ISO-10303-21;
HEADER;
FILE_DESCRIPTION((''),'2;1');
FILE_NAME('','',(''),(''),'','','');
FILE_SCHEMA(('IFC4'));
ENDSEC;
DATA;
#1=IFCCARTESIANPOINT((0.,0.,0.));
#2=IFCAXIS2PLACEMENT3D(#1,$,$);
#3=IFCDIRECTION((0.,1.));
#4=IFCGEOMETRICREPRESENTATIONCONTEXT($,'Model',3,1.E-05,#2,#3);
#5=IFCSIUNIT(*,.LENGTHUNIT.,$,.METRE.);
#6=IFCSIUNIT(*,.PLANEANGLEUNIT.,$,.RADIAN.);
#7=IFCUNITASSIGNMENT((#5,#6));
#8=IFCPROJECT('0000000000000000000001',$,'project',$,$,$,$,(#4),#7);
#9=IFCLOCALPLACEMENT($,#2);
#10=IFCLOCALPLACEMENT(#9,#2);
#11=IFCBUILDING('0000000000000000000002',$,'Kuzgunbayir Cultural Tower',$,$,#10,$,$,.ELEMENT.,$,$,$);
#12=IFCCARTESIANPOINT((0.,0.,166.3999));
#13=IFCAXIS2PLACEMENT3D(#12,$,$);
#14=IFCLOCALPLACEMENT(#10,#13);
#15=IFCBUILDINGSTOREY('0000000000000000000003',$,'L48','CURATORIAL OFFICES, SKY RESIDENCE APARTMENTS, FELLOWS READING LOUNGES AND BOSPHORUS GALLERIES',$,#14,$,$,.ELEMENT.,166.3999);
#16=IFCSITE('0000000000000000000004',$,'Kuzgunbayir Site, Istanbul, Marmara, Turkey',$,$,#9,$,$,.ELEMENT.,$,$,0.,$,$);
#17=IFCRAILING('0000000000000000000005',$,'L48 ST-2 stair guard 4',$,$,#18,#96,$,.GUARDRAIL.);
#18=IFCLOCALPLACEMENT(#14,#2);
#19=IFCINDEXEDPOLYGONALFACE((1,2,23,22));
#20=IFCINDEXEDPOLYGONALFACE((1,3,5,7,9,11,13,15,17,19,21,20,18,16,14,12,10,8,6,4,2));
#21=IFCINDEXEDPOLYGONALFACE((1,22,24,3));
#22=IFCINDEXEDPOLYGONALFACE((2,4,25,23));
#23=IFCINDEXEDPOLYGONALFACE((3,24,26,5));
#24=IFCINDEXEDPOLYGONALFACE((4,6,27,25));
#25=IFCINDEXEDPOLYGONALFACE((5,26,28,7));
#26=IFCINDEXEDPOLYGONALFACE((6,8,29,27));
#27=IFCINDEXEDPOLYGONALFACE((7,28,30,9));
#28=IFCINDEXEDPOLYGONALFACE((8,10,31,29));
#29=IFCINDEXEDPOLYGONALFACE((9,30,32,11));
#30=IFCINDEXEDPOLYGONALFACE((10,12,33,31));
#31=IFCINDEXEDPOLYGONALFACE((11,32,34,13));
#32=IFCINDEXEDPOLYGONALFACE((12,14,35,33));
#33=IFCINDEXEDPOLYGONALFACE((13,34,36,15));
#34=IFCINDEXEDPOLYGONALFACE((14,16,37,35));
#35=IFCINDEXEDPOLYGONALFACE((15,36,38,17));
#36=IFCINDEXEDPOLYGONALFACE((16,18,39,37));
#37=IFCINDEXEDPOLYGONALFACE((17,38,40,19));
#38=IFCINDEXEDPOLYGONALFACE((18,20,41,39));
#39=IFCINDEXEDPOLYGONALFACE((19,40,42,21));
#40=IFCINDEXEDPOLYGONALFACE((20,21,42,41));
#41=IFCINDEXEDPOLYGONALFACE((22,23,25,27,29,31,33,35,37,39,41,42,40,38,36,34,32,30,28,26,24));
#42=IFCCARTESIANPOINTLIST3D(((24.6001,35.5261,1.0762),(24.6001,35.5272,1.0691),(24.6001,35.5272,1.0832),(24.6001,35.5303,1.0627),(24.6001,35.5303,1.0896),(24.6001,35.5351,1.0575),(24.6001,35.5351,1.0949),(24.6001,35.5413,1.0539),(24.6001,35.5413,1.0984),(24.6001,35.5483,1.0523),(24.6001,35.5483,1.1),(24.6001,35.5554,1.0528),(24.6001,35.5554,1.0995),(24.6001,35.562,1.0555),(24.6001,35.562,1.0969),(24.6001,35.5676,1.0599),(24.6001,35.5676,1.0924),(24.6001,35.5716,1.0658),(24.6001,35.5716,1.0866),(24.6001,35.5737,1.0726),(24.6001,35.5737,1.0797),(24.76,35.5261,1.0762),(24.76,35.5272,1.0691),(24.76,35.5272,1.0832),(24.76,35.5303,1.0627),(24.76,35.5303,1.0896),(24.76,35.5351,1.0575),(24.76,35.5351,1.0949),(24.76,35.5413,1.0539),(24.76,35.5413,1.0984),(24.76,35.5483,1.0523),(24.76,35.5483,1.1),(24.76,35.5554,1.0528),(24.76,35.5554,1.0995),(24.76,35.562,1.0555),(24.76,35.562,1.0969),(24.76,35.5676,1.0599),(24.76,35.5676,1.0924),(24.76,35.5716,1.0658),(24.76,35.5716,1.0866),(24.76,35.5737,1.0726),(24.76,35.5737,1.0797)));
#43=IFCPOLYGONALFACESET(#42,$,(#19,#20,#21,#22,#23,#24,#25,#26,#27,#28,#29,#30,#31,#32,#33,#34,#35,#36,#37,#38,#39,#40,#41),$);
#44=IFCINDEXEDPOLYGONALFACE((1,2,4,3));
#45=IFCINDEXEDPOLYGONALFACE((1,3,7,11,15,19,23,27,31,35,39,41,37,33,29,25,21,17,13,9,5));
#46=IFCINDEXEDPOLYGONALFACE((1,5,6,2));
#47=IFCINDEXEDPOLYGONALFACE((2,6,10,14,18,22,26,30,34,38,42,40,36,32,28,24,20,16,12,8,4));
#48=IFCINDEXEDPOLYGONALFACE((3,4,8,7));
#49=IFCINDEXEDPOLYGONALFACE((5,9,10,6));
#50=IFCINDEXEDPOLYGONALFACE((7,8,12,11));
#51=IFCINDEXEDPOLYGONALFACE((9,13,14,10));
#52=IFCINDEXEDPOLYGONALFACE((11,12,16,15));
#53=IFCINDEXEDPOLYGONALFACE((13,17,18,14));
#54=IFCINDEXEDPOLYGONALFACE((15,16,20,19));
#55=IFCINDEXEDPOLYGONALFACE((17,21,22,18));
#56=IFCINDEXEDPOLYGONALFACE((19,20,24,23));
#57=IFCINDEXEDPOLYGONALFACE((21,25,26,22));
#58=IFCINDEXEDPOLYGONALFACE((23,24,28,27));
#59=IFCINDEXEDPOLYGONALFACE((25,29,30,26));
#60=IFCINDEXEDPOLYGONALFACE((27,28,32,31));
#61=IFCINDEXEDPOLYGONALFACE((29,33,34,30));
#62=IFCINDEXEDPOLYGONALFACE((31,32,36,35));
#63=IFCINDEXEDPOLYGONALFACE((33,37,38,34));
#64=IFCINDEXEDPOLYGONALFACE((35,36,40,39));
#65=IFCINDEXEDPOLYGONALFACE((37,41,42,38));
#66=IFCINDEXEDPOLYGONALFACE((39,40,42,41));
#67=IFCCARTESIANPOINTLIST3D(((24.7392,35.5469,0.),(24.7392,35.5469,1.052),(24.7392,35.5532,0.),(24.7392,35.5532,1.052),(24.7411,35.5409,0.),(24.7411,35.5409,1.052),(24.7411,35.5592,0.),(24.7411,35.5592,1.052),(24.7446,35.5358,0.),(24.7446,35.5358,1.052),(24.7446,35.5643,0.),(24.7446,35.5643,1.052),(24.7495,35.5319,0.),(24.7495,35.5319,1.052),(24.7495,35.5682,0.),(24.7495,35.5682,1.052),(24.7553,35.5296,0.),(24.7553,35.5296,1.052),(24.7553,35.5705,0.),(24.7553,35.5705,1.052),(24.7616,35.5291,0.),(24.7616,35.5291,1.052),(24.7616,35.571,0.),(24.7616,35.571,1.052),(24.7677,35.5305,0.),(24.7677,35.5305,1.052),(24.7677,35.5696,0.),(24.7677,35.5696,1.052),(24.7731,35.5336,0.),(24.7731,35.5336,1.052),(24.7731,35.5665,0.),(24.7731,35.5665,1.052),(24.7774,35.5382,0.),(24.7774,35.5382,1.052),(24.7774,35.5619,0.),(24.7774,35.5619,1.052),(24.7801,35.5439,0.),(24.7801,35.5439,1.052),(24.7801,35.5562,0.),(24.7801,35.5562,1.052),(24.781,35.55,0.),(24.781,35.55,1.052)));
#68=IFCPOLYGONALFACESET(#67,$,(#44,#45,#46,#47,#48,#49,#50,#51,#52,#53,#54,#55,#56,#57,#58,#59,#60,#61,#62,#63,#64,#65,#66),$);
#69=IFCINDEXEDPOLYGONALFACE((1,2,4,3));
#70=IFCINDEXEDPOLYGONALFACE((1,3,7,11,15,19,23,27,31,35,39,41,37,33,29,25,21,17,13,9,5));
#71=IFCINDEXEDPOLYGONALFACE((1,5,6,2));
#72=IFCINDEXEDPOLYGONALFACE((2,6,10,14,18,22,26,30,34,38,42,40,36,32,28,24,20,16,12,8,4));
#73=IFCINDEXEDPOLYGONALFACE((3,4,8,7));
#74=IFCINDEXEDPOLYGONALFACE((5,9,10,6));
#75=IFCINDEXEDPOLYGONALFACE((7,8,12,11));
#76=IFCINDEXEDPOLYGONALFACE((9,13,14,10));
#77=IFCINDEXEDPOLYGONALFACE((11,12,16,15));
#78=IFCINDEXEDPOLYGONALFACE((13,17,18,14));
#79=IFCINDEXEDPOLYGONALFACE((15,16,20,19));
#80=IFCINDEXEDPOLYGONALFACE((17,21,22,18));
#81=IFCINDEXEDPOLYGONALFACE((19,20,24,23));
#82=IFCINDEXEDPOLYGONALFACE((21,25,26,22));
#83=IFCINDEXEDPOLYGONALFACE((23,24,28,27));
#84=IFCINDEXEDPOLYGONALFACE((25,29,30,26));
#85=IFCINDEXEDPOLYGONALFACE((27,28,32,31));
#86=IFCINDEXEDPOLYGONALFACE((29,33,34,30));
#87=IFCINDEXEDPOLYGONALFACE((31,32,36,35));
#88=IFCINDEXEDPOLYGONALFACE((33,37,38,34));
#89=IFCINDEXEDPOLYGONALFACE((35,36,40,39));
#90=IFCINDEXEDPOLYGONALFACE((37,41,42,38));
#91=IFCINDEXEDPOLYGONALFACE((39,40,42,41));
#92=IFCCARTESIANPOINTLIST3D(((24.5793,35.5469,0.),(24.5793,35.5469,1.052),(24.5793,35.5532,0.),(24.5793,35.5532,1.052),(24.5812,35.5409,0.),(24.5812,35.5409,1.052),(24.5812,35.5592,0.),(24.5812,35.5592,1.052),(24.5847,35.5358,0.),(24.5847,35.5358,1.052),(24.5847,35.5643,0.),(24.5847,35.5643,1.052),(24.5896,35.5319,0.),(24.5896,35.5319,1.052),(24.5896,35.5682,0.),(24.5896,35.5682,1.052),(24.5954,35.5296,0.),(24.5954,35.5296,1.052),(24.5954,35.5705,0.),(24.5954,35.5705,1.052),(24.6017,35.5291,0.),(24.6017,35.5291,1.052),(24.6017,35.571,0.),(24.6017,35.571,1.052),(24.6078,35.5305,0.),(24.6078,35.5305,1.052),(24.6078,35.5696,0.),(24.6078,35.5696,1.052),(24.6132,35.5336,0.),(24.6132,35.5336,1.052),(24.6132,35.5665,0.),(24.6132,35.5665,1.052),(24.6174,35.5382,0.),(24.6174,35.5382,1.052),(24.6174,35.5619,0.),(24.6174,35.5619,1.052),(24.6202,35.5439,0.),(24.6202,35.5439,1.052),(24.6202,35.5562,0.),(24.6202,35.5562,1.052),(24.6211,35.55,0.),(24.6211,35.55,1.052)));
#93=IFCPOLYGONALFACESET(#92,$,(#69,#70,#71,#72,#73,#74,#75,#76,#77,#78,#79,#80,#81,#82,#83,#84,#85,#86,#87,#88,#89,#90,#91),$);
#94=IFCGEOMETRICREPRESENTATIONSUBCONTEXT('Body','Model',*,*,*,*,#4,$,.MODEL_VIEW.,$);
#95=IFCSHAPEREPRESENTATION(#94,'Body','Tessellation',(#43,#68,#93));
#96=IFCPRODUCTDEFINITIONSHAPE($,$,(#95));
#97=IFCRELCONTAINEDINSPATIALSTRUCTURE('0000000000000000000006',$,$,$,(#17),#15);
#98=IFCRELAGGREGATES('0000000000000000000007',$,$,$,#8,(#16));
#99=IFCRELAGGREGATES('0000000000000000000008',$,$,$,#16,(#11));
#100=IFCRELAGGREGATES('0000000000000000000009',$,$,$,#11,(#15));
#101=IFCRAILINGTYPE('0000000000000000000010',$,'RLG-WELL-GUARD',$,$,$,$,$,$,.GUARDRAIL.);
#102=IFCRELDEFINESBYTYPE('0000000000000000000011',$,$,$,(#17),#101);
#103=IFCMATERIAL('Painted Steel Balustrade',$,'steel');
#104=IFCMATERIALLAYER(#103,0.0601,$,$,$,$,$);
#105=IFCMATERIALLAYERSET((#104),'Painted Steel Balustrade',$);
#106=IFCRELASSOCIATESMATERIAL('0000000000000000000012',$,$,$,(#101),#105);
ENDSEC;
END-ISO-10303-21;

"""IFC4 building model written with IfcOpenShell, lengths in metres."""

from ifc_helpers import new_model, si_unit, direction, frame, origin, origin_2d, place, context, subcontext, project, spatial, circle, extrude, material, layer, layer_set, type_object, element, save


model = new_model("IFC4")

# Units and contexts
model_context = context("Model", 3, precision=1e-05, world=origin(), true_north=direction((0.0, 1.0)))
body_context = subcontext(model_context, "Body", "Model", "MODEL_VIEW")
ifc_project = project(units=[si_unit("LENGTHUNIT", "METRE"), si_unit("PLANEANGLEUNIT", "RADIAN")], contexts=[model_context])

# Site, building, storey
site_placement = place(None, origin())
site = spatial("IfcSite", under=ifc_project, at=site_placement, Name="Kuzgunbayir Site, Istanbul, Marmara, Turkey", CompositionType="ELEMENT", RefElevation=0.0)
building_placement = place(site_placement, origin())
building = spatial("IfcBuilding", under=site, at=building_placement, Name="Kuzgunbayir Cultural Tower", CompositionType="ELEMENT")
storey_placement = place(building_placement, frame((0.0, 0.0, 166.3999)))
storey = spatial("IfcBuildingStorey", under=building, at=storey_placement, Name="L48", Description="CURATORIAL OFFICES, SKY RESIDENCE APARTMENTS, FELLOWS READING LOUNGES AND BOSPHORUS GALLERIES", CompositionType="ELEMENT", Elevation=166.3999)

# Railing
ifc_material_1 = material(Name="Painted Steel Balustrade", Category="steel")
ifc_layer_1 = layer(ifc_material_1, 0.0601)
ifc_layer_set_1 = layer_set([ifc_layer_1], Name="Painted Steel Balustrade")
railing_type_1 = type_object("IfcRailingType", Name="RLG-WELL-GUARD", PredefinedType="GUARDRAIL", material=ifc_layer_set_1)
railing_1_placement = place(storey_placement, frame((24.76, 35.55, 0.0)))
element("IfcRailing", 1, at=railing_1_placement, inside=storey, type_object=railing_type_1, Name="L48 ST-2 stair guard 4", PredefinedType="GUARDRAIL", context=body_context, shape_type="SweptSolid", body=[
    extrude(circle(Radius=0.0239, at=origin_2d()), frame((0.0, 0.0, 1.0762), z_axis=(-1.0, 0.0, 0.0), x_axis=(0.0, -1.0, 0.0)), (0.0, 0.0, 1.0), 0.1599),
    extrude(circle(Radius=0.021, at=origin_2d()), origin(), (0.0, 0.0, 1.0), 1.052),
    extrude(circle(Radius=0.021, at=origin_2d()), frame((-0.1599, 0.0, 0.0)), (0.0, 0.0, 1.0), 1.052),
])

save(model, "model.ifc")
